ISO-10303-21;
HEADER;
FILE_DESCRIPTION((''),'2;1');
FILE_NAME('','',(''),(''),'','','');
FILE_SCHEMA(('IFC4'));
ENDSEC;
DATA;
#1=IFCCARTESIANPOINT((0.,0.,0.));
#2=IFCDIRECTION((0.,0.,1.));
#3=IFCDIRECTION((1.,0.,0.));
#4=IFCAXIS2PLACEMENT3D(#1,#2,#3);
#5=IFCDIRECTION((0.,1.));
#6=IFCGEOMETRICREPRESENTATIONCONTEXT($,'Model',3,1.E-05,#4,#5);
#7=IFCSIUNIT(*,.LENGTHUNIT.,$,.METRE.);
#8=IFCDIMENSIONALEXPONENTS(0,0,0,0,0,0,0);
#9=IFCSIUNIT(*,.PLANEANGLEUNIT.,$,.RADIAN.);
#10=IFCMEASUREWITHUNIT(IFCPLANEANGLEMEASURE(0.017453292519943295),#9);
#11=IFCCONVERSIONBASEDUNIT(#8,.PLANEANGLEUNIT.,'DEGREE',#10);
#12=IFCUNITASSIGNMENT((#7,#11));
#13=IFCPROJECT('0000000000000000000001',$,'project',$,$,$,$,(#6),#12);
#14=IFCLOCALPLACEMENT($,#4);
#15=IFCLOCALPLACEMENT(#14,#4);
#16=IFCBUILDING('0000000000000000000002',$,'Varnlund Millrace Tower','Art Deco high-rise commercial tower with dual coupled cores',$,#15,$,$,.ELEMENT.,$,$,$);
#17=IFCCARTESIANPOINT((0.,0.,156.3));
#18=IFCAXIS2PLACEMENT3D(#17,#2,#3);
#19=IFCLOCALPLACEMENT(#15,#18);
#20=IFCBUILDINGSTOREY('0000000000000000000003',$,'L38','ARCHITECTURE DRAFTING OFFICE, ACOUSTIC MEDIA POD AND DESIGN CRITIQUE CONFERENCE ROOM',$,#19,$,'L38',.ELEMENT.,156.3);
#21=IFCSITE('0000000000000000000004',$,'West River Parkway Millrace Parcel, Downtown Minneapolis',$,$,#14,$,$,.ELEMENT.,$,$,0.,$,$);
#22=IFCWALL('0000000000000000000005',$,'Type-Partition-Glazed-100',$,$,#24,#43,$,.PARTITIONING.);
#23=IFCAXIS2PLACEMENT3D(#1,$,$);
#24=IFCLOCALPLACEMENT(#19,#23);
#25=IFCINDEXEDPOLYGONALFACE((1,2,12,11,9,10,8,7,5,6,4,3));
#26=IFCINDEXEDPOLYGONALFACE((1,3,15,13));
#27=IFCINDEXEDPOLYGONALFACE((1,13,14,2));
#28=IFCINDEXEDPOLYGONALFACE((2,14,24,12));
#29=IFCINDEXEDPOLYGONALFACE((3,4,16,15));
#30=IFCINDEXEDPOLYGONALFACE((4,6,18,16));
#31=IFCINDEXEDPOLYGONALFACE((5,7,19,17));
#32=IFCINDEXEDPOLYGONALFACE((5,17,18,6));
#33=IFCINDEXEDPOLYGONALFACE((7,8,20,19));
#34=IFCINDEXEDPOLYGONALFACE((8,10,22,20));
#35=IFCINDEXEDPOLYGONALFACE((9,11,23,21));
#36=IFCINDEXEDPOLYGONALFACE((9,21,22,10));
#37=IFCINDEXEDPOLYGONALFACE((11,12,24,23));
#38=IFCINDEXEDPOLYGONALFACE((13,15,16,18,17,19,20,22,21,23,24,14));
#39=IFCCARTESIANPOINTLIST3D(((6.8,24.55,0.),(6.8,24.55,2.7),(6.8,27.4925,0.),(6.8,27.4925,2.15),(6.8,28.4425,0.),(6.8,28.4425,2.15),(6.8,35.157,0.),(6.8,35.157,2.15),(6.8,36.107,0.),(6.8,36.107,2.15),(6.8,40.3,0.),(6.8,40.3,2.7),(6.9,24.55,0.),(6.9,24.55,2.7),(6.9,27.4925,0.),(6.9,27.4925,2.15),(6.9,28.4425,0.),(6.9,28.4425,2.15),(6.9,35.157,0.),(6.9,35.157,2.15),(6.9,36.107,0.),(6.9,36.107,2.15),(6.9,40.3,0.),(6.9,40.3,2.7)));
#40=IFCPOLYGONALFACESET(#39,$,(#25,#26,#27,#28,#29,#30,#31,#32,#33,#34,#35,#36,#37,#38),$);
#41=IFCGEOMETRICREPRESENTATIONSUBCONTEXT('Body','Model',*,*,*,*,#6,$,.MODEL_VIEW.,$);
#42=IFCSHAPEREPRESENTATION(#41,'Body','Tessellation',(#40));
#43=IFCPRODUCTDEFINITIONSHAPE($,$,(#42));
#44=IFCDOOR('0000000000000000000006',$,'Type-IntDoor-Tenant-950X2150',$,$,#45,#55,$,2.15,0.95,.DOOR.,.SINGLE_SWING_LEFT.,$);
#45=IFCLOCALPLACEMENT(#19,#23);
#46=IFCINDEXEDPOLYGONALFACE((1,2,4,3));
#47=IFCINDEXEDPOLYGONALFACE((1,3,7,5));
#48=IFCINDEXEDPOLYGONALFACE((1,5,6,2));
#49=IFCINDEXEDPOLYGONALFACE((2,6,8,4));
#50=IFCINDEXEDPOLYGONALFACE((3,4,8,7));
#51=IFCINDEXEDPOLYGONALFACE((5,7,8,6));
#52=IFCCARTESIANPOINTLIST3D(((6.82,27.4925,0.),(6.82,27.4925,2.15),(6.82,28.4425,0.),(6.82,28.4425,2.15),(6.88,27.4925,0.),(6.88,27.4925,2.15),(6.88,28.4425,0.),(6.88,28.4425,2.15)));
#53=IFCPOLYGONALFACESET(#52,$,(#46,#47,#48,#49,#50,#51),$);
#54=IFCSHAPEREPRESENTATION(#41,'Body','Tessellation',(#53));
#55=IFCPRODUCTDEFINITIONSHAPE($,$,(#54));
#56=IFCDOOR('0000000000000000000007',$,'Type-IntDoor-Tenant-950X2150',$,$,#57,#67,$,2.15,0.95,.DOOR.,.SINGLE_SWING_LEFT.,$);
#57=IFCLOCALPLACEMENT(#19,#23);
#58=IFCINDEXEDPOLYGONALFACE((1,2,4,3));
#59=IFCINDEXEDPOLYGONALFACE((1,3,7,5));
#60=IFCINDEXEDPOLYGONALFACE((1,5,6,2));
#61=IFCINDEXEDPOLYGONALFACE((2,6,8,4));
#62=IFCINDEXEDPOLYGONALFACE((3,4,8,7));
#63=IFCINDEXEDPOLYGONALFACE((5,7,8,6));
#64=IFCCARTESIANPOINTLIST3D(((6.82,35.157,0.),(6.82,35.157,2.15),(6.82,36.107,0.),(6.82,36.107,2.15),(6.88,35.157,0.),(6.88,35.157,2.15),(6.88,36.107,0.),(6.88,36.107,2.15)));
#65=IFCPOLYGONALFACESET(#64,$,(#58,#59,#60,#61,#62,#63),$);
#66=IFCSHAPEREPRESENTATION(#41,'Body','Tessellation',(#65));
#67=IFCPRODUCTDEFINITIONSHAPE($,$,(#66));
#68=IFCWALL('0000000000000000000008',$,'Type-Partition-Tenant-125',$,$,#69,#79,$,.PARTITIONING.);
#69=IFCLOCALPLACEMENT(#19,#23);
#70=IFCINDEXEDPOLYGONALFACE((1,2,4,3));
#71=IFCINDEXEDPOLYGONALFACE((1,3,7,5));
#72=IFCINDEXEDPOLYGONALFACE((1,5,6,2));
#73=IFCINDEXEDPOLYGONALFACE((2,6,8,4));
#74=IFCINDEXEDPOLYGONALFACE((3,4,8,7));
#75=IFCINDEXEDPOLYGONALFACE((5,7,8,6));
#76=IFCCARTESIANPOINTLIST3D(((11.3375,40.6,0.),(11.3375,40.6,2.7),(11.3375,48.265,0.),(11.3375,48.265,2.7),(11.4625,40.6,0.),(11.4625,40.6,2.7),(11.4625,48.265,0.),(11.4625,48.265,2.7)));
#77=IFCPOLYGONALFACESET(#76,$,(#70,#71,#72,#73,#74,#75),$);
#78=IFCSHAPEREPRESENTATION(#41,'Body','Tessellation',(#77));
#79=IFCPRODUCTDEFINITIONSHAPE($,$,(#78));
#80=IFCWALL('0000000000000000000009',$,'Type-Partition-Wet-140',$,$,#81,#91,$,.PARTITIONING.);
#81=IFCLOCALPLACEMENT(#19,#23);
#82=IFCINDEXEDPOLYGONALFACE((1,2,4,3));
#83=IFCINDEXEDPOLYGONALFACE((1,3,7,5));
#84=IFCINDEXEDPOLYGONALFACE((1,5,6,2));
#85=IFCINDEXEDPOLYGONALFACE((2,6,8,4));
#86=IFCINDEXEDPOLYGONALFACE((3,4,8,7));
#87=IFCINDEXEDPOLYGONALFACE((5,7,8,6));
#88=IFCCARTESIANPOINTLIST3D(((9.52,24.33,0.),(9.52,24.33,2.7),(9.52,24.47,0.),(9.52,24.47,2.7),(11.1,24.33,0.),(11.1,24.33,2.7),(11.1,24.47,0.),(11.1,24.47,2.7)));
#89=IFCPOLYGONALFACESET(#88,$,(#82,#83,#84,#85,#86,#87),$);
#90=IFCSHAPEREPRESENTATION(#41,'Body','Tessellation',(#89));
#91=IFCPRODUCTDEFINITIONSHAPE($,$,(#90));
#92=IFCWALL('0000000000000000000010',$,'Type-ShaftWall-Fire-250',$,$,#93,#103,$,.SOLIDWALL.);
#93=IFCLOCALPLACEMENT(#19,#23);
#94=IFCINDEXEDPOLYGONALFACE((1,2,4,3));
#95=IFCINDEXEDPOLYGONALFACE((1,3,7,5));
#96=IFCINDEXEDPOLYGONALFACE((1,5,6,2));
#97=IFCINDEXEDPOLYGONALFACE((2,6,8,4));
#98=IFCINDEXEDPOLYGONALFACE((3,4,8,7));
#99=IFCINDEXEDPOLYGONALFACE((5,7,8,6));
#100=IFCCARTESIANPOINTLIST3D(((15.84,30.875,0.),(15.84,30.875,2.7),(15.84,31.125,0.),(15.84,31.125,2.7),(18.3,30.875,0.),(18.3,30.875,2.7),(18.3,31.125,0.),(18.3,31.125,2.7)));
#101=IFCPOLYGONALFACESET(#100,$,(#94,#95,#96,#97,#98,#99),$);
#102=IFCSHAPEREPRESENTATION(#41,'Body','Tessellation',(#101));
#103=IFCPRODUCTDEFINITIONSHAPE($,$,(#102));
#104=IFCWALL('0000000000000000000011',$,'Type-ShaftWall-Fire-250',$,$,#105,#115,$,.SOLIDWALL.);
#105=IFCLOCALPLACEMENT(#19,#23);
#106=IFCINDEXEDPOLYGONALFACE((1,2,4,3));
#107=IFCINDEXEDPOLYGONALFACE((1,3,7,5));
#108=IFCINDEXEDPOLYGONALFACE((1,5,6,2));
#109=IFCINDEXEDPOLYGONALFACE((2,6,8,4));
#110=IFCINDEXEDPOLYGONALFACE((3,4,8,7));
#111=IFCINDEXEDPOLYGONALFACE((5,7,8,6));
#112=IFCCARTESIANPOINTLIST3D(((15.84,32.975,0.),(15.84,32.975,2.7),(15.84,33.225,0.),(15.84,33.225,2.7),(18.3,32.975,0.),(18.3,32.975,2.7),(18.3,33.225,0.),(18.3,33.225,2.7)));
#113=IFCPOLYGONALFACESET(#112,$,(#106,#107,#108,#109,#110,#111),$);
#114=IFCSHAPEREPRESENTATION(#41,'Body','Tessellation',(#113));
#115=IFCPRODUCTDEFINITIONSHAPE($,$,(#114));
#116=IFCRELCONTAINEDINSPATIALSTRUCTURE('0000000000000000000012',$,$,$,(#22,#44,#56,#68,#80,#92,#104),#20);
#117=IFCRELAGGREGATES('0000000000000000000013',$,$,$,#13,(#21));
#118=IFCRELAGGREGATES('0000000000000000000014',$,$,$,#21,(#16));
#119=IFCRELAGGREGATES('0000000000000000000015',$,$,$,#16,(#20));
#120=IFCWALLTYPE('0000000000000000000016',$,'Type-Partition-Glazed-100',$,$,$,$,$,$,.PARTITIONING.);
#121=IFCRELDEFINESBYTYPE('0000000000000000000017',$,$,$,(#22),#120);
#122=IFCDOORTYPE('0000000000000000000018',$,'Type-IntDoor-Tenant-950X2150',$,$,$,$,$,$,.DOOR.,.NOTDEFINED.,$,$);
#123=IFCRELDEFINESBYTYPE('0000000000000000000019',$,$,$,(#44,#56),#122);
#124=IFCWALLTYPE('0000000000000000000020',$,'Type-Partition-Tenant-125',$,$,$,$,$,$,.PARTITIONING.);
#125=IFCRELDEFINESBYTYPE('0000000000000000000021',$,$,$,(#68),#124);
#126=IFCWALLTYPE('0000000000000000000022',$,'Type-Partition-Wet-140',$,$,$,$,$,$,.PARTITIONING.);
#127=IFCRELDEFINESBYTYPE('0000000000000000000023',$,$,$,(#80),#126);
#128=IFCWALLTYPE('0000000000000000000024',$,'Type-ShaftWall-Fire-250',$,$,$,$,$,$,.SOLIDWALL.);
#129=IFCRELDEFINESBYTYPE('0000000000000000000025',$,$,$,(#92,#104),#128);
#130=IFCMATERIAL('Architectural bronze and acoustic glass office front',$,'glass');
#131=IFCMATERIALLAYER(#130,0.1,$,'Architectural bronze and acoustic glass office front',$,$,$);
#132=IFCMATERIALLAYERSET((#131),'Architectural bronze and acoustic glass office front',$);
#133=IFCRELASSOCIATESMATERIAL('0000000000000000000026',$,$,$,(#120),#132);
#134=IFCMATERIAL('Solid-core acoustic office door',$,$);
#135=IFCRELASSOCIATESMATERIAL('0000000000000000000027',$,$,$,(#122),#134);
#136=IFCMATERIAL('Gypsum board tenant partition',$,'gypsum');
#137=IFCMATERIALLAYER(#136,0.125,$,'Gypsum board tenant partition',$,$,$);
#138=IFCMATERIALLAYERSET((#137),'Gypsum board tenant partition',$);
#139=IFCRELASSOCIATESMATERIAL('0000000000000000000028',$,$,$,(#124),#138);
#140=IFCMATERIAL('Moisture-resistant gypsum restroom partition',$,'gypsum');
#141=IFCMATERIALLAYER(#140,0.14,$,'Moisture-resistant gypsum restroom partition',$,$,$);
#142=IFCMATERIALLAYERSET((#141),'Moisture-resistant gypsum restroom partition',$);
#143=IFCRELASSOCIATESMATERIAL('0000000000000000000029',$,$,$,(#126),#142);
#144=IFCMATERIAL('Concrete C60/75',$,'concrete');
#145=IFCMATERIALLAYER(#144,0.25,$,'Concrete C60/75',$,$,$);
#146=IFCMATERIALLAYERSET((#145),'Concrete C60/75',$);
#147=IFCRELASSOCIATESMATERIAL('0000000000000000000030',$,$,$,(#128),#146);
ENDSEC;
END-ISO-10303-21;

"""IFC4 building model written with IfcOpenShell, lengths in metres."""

from ifc_helpers import new_model, entity, si_unit, converted_unit, direction, frame, origin_with_axes, origin_2d_with_axis, place, context, subcontext, project, spatial, polyline, rectangle, outline, extrude, material, layer, layer_set, type_object, element, fill, save


model = new_model("IFC4")

# Units and contexts
model_context = context("Model", 3, precision=1e-05, world=origin_with_axes(), true_north=direction((0.0, 1.0)))
body_context = subcontext(model_context, "Body", "Model", "MODEL_VIEW")
ifc_project = project(units=[si_unit("LENGTHUNIT", "METRE"), converted_unit("PLANEANGLEUNIT", "DEGREE", entity("IfcPlaneAngleMeasure", 0.017453292519943295), si_unit("PLANEANGLEUNIT", "RADIAN"), dimensions=[0, 0, 0, 0, 0, 0, 0])], contexts=[model_context])

# Site, building, storey
site_placement = place(None, origin_with_axes())
site = spatial("IfcSite", under=ifc_project, at=site_placement, Name="West River Parkway Millrace Parcel, Downtown Minneapolis", CompositionType="ELEMENT", RefElevation=0.0)
building_placement = place(site_placement, origin_with_axes())
building = spatial("IfcBuilding", under=site, at=building_placement, Name="Varnlund Millrace Tower", Description="Art Deco high-rise commercial tower with dual coupled cores", CompositionType="ELEMENT")
storey_placement = place(building_placement, frame((0.0, 0.0, 156.3), z_axis=(0.0, 0.0, 1.0), x_axis=(1.0, 0.0, 0.0)))
storey = spatial("IfcBuildingStorey", under=building, at=storey_placement, Name="L38", Description="ARCHITECTURE DRAFTING OFFICE, ACOUSTIC MEDIA POD AND DESIGN CRITIQUE CONFERENCE ROOM", LongName="L38", CompositionType="ELEMENT", Elevation=156.3)

# Wall, openings, doors
ifc_material_1 = material(Name="Architectural bronze and acoustic glass office front", Category="glass")
ifc_layer_1 = layer(ifc_material_1, 0.1, Name="Architectural bronze and acoustic glass office front")
ifc_layer_set_1 = layer_set([ifc_layer_1], Name="Architectural bronze and acoustic glass office front")
wall_type_1 = type_object("IfcWallType", Name="Type-Partition-Glazed-100", PredefinedType="PARTITIONING", material=ifc_layer_set_1)
wall_1_placement = place(storey_placement, frame((6.85, 24.55, 0.0), z_axis=(0.0, 0.0, 1.0), x_axis=(0.0, 1.0, 0.0)))
wall_1 = element("IfcWall", 1, at=wall_1_placement, inside=storey, type_object=wall_type_1, Name="Type-Partition-Glazed-100", PredefinedType="PARTITIONING", context=body_context, shape_type="SweptSolid", body=[
    extrude(outline(polyline([(0.0, -0.05), (15.75, -0.05), (15.75, 0.05), (0.0, 0.05), (0.0, -0.05)])), origin_with_axes(), (0.0, 0.0, 1.0), 2.7),
])
opening_1_placement = place(wall_1_placement, frame((3.4175, 0.0, 0.0), z_axis=(0.0, 0.0, 1.0), x_axis=(1.0, 0.0, 0.0)))
opening_1 = element("IfcOpeningElement", 2, at=opening_1_placement, cuts=wall_1, PredefinedType="OPENING", context=body_context, shape_type="SweptSolid", body=[
    extrude(rectangle(XDim=0.95, YDim=0.12, at=origin_2d_with_axis()), origin_with_axes(), (0.0, 0.0, 1.0), 2.15),
])
opening_2_placement = place(wall_1_placement, frame((11.082, 0.0, 0.0), z_axis=(0.0, 0.0, 1.0), x_axis=(1.0, 0.0, 0.0)))
opening_2 = element("IfcOpeningElement", 3, at=opening_2_placement, cuts=wall_1, PredefinedType="OPENING", context=body_context, shape_type="SweptSolid", body=[
    extrude(rectangle(XDim=0.95, YDim=0.12, at=origin_2d_with_axis()), origin_with_axes(), (0.0, 0.0, 1.0), 2.15),
])
ifc_material_2 = material(Name="Solid-core acoustic office door")
door_type_1 = type_object("IfcDoorType", Name="Type-IntDoor-Tenant-950X2150", OperationType="NOTDEFINED", PredefinedType="DOOR", material=ifc_material_2)
door_1_placement = place(wall_1_placement, frame((3.4175, 0.0, 0.0), z_axis=(0.0, 0.0, 1.0), x_axis=(1.0, 0.0, 0.0)))
door_1 = element("IfcDoor", 4, at=door_1_placement, inside=storey, type_object=door_type_1, Name="Type-IntDoor-Tenant-950X2150", OperationType="SINGLE_SWING_LEFT", OverallHeight=2.15, OverallWidth=0.95, PredefinedType="DOOR", context=body_context, shape_type="SweptSolid", body=[
    extrude(rectangle(XDim=0.95, YDim=0.06, at=origin_2d_with_axis()), origin_with_axes(), (0.0, 0.0, 1.0), 2.15),
])
fill(opening_1, door_1)
door_2_placement = place(wall_1_placement, frame((11.082, 0.0, 0.0), z_axis=(0.0, 0.0, 1.0), x_axis=(1.0, 0.0, 0.0)))
door_2 = element("IfcDoor", 5, at=door_2_placement, inside=storey, type_object=door_type_1, Name="Type-IntDoor-Tenant-950X2150", OperationType="SINGLE_SWING_LEFT", OverallHeight=2.15, OverallWidth=0.95, PredefinedType="DOOR", context=body_context, shape_type="SweptSolid", body=[
    extrude(rectangle(XDim=0.95, YDim=0.06, at=origin_2d_with_axis()), origin_with_axes(), (0.0, 0.0, 1.0), 2.15),
])
fill(opening_2, door_2)

# Walls
ifc_material_3 = material(Name="Gypsum board tenant partition", Category="gypsum")
ifc_layer_2 = layer(ifc_material_3, 0.125, Name="Gypsum board tenant partition")
ifc_layer_set_2 = layer_set([ifc_layer_2], Name="Gypsum board tenant partition")
wall_type_2 = type_object("IfcWallType", Name="Type-Partition-Tenant-125", PredefinedType="PARTITIONING", material=ifc_layer_set_2)
wall_2_placement = place(storey_placement, frame((11.4, 40.6, 0.0), z_axis=(0.0, 0.0, 1.0), x_axis=(0.0, 1.0, 0.0)))
element("IfcWall", 6, at=wall_2_placement, inside=storey, type_object=wall_type_2, Name="Type-Partition-Tenant-125", PredefinedType="PARTITIONING", context=body_context, shape_type="SweptSolid", body=[
    extrude(outline(polyline([(0.0, -0.0625), (7.665, -0.0625), (7.665, 0.0625), (0.0, 0.0625), (0.0, -0.0625)])), origin_with_axes(), (0.0, 0.0, 1.0), 2.7),
])
ifc_material_4 = material(Name="Moisture-resistant gypsum restroom partition", Category="gypsum")
ifc_layer_3 = layer(ifc_material_4, 0.14, Name="Moisture-resistant gypsum restroom partition")
ifc_layer_set_3 = layer_set([ifc_layer_3], Name="Moisture-resistant gypsum restroom partition")
wall_type_3 = type_object("IfcWallType", Name="Type-Partition-Wet-140", PredefinedType="PARTITIONING", material=ifc_layer_set_3)
wall_3_placement = place(storey_placement, frame((9.52, 24.4, 0.0), z_axis=(0.0, 0.0, 1.0), x_axis=(1.0, 0.0, 0.0)))
element("IfcWall", 7, at=wall_3_placement, inside=storey, type_object=wall_type_3, Name="Type-Partition-Wet-140", PredefinedType="PARTITIONING", context=body_context, shape_type="SweptSolid", body=[
    extrude(outline(polyline([(0.0, -0.07), (1.58, -0.07), (1.58, 0.07), (0.0, 0.07), (0.0, -0.07)])), origin_with_axes(), (0.0, 0.0, 1.0), 2.7),
])
ifc_material_5 = material(Name="Concrete C60/75", Category="concrete")
ifc_layer_4 = layer(ifc_material_5, 0.25, Name="Concrete C60/75")
ifc_layer_set_4 = layer_set([ifc_layer_4], Name="Concrete C60/75")
wall_type_4 = type_object("IfcWallType", Name="Type-ShaftWall-Fire-250", PredefinedType="SOLIDWALL", material=ifc_layer_set_4)
for number, where, z_axis, x_axis, name in (
    (8, (15.84, 31.0, 0.0), (0.0, 0.0, 1.0), (1.0, 0.0, 0.0), "Type-ShaftWall-Fire-250"),
    (9, (15.84, 33.1, 0.0), (0.0, 0.0, 1.0), (1.0, 0.0, 0.0), "Type-ShaftWall-Fire-250"),
):
    element("IfcWall", number, at=place(storey_placement, frame(where, z_axis=z_axis, x_axis=x_axis)), inside=storey, type_object=wall_type_4, Name=name, PredefinedType="SOLIDWALL", context=body_context, shape_type="SweptSolid", body=[
        extrude(outline(polyline([(0.0, -0.125), (2.46, -0.125), (2.46, 0.125), (0.0, 0.125), (0.0, -0.125)])), origin_with_axes(), (0.0, 0.0, 1.0), 2.7),
    ])

save(model, "model.ifc")
